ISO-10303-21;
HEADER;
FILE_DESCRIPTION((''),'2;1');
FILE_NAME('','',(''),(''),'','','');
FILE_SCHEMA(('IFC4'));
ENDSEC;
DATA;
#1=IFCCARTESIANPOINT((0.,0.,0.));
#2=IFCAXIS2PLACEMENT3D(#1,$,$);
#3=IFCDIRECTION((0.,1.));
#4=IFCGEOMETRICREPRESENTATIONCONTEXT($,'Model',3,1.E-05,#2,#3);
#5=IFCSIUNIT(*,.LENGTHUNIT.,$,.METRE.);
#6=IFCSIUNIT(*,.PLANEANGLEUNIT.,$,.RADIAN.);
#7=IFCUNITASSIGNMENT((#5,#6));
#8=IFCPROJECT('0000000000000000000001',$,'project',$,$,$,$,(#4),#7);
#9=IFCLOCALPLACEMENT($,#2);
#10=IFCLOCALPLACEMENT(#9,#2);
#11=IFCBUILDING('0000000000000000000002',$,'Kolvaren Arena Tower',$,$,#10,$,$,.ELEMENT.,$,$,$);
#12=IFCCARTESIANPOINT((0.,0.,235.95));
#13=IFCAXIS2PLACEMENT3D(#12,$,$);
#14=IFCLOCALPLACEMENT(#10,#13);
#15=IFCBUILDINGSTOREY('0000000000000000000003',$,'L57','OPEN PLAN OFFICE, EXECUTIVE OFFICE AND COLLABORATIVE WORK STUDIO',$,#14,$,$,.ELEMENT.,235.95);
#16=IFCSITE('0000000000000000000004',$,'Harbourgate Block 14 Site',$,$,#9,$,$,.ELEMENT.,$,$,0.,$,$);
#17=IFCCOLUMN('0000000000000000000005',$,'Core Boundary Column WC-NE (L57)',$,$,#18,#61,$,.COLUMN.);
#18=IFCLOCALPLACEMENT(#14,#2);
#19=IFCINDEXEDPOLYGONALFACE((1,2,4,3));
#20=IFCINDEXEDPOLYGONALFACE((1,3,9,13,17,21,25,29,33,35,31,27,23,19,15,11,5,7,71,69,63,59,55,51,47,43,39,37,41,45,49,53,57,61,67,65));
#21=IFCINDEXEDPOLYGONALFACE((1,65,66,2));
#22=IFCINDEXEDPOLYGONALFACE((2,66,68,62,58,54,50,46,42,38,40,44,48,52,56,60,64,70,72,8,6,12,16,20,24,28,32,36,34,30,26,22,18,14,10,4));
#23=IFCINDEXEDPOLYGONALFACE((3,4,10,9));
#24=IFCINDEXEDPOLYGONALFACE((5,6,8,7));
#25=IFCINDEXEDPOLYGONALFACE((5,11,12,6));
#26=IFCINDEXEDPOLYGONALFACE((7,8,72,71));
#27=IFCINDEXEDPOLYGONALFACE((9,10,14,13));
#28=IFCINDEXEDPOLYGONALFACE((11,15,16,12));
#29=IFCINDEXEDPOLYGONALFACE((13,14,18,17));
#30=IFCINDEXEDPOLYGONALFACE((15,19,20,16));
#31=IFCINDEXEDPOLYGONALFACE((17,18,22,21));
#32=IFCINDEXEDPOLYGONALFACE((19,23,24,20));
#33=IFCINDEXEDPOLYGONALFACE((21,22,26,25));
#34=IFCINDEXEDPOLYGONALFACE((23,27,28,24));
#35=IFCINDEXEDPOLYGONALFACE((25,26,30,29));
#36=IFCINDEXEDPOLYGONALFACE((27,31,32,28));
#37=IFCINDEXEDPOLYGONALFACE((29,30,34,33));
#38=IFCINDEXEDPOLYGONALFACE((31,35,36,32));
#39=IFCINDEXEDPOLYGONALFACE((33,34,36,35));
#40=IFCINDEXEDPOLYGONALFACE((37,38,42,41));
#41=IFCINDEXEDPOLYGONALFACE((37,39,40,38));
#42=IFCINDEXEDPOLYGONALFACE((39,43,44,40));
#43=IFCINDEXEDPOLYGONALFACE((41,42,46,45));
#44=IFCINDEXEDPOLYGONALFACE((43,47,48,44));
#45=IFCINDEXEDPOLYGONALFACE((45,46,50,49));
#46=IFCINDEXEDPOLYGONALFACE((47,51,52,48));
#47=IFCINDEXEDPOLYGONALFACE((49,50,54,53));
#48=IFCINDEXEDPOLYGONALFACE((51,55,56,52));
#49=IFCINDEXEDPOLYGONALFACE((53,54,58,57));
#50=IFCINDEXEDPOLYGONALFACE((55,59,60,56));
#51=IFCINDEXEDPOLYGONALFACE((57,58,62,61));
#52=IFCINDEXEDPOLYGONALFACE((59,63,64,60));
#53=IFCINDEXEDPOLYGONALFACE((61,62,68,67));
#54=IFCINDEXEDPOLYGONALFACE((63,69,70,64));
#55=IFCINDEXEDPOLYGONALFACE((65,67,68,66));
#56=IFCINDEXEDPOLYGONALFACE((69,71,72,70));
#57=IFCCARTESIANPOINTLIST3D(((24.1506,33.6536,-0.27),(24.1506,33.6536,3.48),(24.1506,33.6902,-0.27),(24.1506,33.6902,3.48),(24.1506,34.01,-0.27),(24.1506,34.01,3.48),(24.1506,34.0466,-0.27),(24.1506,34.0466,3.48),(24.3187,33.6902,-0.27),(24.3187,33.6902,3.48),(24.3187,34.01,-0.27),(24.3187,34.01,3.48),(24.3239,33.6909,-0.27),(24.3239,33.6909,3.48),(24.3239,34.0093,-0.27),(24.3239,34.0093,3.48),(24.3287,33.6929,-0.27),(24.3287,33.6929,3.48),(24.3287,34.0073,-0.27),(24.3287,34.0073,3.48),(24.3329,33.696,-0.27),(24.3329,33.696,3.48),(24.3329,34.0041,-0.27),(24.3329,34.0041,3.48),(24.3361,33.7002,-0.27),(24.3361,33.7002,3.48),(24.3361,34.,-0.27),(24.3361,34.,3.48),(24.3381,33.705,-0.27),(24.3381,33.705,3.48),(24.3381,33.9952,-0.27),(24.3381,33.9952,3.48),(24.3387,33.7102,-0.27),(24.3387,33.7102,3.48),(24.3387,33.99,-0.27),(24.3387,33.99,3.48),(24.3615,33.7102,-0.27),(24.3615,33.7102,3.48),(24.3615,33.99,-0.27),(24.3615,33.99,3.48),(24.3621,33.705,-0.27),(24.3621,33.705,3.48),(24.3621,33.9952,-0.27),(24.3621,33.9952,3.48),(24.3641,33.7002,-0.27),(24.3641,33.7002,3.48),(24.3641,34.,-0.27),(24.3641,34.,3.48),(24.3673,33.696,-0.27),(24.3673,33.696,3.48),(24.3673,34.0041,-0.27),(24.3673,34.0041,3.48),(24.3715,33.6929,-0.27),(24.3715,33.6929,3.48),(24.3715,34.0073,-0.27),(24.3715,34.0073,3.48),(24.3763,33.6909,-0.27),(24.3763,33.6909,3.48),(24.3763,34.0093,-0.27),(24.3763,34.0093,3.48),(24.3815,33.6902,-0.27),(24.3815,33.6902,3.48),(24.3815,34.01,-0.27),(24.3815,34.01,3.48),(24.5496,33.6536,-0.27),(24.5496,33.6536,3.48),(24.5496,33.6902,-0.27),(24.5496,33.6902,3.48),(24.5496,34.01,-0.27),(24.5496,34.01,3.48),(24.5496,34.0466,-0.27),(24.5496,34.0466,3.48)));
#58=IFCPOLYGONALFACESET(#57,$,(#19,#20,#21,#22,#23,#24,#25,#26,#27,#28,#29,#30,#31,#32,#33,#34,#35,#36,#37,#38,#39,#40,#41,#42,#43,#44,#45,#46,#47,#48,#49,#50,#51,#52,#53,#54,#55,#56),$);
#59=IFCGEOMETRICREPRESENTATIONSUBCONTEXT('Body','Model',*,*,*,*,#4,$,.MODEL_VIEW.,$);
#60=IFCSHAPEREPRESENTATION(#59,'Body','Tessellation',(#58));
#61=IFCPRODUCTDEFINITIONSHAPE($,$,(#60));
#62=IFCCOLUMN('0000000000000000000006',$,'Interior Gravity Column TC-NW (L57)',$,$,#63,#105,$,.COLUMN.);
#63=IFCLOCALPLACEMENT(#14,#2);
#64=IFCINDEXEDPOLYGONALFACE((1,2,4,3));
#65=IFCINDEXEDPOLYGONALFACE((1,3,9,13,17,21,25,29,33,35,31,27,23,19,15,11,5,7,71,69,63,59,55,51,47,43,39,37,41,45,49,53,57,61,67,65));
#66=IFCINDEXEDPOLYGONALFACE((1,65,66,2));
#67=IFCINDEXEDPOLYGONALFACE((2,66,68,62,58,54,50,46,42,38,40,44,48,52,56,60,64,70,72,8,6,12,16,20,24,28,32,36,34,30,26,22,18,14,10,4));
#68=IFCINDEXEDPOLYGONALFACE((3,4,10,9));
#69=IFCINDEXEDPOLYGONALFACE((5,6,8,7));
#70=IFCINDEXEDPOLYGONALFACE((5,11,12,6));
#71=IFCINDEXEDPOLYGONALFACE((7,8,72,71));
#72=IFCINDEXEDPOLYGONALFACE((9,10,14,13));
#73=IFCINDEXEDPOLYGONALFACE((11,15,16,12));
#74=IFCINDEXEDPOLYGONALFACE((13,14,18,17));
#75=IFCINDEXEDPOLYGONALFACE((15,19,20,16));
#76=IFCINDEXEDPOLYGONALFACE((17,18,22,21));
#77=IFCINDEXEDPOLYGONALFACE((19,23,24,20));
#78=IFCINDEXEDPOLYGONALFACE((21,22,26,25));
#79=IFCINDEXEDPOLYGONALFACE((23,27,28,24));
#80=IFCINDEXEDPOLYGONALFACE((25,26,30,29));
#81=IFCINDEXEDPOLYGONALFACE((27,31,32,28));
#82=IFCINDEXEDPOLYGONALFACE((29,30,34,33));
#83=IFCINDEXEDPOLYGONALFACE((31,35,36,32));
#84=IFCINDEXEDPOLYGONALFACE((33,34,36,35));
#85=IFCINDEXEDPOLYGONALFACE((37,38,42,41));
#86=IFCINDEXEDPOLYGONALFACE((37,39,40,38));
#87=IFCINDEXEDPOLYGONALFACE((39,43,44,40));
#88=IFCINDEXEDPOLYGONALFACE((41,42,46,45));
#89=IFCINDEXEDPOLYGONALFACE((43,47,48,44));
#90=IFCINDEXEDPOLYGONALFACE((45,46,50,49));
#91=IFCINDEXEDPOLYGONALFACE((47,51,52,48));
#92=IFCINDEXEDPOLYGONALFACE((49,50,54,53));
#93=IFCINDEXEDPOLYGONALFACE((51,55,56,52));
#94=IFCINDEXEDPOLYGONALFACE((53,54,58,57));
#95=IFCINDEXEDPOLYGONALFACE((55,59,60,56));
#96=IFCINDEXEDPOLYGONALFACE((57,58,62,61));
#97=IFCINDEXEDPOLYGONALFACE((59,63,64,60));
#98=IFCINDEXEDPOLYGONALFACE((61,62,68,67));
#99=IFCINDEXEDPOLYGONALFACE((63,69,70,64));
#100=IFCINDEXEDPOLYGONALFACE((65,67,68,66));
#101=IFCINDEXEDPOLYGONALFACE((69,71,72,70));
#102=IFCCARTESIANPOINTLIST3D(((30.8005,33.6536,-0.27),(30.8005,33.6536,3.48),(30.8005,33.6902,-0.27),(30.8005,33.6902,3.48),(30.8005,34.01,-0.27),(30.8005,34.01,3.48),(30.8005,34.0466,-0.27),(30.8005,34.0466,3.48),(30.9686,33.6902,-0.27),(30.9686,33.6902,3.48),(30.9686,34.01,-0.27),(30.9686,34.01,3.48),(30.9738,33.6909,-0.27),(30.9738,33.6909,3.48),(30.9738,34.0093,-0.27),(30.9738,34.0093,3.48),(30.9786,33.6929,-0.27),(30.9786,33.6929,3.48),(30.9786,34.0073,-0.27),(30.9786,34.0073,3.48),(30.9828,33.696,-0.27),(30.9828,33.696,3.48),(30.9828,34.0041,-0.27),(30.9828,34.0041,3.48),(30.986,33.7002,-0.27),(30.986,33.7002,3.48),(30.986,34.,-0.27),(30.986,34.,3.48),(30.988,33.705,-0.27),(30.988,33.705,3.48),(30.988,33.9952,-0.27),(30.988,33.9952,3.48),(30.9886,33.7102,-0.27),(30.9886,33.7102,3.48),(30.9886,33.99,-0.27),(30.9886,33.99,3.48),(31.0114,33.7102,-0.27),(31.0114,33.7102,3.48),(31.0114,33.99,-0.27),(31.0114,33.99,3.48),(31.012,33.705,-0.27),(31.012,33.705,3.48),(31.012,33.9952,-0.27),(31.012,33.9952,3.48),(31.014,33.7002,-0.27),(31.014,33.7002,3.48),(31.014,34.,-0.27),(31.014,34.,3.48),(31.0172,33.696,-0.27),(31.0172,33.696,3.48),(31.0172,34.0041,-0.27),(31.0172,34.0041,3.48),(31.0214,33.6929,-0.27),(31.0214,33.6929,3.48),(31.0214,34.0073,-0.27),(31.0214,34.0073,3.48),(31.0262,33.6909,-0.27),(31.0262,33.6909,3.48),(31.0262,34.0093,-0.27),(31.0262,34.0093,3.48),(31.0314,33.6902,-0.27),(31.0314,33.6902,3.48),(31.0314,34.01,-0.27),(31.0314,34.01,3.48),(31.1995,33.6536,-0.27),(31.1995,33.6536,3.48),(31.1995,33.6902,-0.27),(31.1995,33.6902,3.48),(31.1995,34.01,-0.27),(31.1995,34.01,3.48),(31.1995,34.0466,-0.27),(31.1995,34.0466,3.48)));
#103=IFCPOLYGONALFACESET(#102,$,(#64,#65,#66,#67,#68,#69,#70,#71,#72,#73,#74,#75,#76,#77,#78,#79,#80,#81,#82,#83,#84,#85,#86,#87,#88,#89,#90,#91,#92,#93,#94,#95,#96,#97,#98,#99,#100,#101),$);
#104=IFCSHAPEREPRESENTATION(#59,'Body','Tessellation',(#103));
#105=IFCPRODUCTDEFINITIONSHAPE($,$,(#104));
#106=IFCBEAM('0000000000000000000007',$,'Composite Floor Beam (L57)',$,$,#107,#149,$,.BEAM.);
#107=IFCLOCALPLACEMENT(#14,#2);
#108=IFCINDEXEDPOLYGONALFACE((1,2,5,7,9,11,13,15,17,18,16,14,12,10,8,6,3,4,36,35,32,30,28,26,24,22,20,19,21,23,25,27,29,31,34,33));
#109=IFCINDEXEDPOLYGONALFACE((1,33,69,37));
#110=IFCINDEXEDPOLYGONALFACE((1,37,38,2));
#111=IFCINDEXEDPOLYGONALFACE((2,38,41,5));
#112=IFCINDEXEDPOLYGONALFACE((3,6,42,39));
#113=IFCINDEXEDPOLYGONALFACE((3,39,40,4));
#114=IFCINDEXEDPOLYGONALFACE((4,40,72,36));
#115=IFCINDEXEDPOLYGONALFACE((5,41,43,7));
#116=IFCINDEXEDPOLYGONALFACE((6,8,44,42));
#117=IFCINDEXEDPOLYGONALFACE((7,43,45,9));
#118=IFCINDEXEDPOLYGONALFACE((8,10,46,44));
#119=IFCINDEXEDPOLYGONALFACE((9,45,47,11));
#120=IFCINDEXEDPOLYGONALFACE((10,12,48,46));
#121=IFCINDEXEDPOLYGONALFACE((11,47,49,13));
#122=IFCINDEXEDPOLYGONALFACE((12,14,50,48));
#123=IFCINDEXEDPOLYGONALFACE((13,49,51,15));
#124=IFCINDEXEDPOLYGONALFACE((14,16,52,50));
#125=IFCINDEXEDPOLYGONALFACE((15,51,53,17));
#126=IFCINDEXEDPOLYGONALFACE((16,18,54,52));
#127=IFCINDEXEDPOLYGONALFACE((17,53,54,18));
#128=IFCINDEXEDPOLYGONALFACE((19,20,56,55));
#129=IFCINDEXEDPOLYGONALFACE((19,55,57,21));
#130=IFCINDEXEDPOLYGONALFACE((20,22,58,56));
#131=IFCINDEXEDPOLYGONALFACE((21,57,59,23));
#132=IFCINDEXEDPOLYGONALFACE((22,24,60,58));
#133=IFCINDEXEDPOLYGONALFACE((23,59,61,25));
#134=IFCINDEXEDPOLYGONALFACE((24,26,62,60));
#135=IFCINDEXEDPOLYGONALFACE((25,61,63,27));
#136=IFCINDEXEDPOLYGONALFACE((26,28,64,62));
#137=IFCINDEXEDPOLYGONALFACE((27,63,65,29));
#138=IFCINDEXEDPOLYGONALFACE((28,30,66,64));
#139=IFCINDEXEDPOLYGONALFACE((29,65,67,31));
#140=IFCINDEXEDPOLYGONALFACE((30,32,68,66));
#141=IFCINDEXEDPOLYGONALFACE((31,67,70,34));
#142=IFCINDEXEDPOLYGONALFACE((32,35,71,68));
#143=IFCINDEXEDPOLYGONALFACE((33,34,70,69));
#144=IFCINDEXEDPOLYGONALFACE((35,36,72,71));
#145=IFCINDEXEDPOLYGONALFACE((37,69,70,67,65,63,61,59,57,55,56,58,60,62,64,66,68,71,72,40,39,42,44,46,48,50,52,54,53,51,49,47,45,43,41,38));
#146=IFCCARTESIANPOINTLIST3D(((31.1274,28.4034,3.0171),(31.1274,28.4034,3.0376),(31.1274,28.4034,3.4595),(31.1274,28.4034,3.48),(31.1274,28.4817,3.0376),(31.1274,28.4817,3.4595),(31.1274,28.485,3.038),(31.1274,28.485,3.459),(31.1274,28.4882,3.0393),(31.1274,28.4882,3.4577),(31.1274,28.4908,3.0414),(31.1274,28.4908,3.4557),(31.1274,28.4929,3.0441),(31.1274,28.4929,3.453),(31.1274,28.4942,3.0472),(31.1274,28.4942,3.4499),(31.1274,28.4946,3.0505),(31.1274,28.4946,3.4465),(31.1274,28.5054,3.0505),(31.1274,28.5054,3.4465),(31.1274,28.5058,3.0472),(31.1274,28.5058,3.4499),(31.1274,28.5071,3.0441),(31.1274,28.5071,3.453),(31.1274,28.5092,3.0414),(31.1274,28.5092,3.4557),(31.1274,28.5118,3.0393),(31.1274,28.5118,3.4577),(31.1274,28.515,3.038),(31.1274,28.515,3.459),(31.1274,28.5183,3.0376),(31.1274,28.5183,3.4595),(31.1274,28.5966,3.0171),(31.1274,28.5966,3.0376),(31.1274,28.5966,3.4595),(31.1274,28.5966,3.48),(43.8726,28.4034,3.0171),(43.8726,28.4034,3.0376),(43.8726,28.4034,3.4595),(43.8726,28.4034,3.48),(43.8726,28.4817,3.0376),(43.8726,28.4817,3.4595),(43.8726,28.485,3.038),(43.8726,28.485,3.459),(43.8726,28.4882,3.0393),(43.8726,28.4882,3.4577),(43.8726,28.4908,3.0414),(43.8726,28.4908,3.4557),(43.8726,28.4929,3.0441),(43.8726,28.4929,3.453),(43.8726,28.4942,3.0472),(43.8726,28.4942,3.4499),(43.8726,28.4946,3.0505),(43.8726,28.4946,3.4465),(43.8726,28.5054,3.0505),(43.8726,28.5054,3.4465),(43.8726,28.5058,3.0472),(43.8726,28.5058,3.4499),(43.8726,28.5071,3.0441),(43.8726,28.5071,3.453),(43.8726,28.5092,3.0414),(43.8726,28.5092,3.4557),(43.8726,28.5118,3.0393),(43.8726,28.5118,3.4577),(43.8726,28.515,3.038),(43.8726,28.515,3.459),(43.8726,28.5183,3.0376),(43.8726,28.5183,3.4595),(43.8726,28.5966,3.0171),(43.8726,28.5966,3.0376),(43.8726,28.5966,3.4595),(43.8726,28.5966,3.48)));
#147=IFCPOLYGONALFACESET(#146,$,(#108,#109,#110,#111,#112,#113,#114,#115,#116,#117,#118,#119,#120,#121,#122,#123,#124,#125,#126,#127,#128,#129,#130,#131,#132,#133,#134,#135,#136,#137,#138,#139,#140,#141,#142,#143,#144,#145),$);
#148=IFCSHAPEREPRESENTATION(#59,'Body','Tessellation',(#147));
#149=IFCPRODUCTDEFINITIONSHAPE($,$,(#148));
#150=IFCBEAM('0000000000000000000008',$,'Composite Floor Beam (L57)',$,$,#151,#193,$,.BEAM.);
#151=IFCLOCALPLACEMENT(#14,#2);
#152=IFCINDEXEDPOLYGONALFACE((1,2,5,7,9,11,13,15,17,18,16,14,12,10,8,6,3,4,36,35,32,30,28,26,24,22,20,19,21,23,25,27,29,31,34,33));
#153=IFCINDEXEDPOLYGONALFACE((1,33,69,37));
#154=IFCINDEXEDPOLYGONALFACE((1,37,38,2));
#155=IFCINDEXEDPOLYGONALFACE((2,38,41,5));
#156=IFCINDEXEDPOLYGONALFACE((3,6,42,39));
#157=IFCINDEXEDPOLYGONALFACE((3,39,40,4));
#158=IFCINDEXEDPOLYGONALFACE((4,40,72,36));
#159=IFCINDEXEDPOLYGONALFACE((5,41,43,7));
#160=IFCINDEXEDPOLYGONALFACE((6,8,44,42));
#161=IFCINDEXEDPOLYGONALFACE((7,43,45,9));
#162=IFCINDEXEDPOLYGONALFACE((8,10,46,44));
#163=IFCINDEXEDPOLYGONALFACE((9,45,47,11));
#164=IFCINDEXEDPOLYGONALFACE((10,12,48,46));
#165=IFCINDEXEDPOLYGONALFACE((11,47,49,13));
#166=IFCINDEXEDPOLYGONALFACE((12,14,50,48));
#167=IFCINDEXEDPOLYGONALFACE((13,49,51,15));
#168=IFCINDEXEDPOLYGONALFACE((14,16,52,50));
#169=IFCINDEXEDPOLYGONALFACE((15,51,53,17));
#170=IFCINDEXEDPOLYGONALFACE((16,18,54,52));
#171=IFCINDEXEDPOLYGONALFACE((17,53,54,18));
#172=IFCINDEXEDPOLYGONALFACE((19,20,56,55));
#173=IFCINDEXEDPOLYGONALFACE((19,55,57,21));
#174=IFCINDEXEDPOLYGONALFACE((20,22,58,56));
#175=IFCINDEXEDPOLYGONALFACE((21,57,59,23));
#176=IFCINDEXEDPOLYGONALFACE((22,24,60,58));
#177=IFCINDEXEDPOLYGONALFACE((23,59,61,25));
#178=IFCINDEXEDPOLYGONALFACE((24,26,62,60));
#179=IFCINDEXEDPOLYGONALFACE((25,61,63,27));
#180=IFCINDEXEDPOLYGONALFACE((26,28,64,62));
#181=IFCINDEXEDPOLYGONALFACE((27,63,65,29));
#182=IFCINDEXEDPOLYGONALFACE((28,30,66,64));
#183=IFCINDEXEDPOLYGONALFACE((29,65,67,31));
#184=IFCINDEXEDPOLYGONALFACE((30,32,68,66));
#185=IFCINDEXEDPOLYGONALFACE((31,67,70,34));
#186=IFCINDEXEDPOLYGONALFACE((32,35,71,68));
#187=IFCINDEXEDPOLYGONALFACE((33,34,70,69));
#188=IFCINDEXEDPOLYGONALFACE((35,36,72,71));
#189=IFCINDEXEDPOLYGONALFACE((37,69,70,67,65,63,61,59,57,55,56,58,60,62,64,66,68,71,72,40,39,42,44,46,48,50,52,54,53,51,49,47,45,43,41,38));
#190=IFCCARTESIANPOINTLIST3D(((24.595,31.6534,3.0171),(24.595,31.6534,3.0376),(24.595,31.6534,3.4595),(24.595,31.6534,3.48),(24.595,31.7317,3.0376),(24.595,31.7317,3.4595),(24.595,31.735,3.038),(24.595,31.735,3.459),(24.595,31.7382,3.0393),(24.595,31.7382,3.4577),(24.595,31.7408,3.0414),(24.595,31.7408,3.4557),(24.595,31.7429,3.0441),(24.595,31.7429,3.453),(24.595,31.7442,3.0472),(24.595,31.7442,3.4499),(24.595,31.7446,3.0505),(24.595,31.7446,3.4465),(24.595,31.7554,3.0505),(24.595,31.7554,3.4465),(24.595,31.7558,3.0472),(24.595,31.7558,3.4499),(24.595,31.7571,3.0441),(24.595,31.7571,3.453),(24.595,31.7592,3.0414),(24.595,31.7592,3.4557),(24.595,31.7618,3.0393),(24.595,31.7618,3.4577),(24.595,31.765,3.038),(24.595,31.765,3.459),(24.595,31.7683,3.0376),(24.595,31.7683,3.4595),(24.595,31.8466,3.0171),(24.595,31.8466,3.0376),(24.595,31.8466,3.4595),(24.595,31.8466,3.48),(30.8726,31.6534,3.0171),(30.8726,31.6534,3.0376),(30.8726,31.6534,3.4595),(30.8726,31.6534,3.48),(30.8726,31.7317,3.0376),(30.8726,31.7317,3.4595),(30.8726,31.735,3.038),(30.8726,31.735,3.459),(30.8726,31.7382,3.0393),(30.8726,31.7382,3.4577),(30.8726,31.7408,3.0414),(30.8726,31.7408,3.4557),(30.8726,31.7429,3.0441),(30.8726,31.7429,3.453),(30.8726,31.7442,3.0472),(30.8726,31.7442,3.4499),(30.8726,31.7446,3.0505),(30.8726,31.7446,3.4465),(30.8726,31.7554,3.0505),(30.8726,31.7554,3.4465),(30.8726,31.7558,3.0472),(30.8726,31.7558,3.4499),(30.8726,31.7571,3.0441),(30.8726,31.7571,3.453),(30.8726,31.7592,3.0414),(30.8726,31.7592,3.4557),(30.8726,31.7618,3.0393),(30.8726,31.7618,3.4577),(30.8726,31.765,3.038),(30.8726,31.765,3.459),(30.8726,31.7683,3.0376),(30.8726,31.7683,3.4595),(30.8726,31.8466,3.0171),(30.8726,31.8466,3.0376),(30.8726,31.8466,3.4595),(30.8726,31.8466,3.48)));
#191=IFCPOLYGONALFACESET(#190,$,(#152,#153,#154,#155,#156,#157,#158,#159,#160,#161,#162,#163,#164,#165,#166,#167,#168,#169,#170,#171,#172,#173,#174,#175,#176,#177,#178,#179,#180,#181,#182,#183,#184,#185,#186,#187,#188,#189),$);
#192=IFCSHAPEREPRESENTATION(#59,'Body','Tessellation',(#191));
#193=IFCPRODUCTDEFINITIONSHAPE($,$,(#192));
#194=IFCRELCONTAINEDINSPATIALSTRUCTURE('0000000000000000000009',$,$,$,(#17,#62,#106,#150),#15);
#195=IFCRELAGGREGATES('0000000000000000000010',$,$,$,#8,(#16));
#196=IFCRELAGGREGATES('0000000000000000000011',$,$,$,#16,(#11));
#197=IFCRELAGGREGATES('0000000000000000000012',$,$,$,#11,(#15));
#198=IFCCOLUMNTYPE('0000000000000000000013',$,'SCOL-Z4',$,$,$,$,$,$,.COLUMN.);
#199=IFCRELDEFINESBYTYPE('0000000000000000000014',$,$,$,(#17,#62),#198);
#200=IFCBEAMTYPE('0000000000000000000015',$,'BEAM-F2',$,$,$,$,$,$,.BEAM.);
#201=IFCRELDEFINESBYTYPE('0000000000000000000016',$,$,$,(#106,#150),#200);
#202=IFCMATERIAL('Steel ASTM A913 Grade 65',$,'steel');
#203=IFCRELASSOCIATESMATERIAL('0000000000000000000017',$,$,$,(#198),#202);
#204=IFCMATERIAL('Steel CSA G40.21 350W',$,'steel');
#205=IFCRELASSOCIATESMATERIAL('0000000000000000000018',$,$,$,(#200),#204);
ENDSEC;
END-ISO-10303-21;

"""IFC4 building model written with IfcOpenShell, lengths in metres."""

from ifc_helpers import new_model, si_unit, direction, frame, origin, origin_2d, place, context, subcontext, project, spatial, i_section, extrude, material, material_profile, profile_set, type_object, element, save


model = new_model("IFC4")

# Units and contexts
model_context = context("Model", 3, precision=1e-05, world=origin(), true_north=direction((0.0, 1.0)))
body_context = subcontext(model_context, "Body", "Model", "MODEL_VIEW")
ifc_project = project(units=[si_unit("LENGTHUNIT", "METRE"), si_unit("PLANEANGLEUNIT", "RADIAN")], contexts=[model_context])

# Site, building, storey
site_placement = place(None, origin())
site = spatial("IfcSite", under=ifc_project, at=site_placement, Name="Harbourgate Block 14 Site", CompositionType="ELEMENT", RefElevation=0.0)
building_placement = place(site_placement, origin())
building = spatial("IfcBuilding", under=site, at=building_placement, Name="Kolvaren Arena Tower", CompositionType="ELEMENT")
storey_placement = place(building_placement, frame((0.0, 0.0, 235.95)))
storey = spatial("IfcBuildingStorey", under=building, at=storey_placement, Name="L57", Description="OPEN PLAN OFFICE, EXECUTIVE OFFICE AND COLLABORATIVE WORK STUDIO", CompositionType="ELEMENT", Elevation=235.95)

# Columns
ifc_material_1 = material(Name="Steel ASTM A913 Grade 65", Category="steel")
ifc_material_profile_1 = material_profile(ifc_material_1, i_section(OverallWidth=0.3989, OverallDepth=0.3931, WebThickness=0.0227, FlangeThickness=0.0366, FilletRadius=0.02, at=origin_2d()), Name="W360x287")
ifc_profile_set_1 = profile_set([ifc_material_profile_1], Name="Steel ASTM A913 Grade 65")
column_type = type_object("IfcColumnType", Name="SCOL-Z4", PredefinedType="COLUMN", material=ifc_profile_set_1)
for number, where, z_axis, x_axis, name in (
    (1, (24.3501, 33.8501, -0.27), (0.0, 0.0, 1.0), (1.0, 0.0, 0.0), "Core Boundary Column WC-NE (L57)"),
    (2, (31.0, 33.8501, -0.27), (0.0, 0.0, 1.0), (1.0, 0.0, 0.0), "Interior Gravity Column TC-NW (L57)"),
):
    element("IfcColumn", number, at=place(storey_placement, frame(where, z_axis=z_axis, x_axis=x_axis)), inside=storey, type_object=column_type, Name=name, PredefinedType="COLUMN", context=body_context, shape_type="SweptSolid", body=[
        extrude(i_section(OverallWidth=0.3989, OverallDepth=0.3931, WebThickness=0.0227, FlangeThickness=0.0366, FilletRadius=0.02, at=origin_2d()), origin(), (0.0, 0.0, 1.0), 3.75),
    ])

# Beams
ifc_material_2 = material(Name="Steel CSA G40.21 350W", Category="steel")
ifc_material_profile_2 = material_profile(ifc_material_2, i_section(OverallWidth=0.1931, OverallDepth=0.4629, WebThickness=0.0107, FlangeThickness=0.0205, FilletRadius=0.0129, at=origin_2d()), Name="W460x113")
ifc_profile_set_2 = profile_set([ifc_material_profile_2], Name="Steel CSA G40.21 350W")
beam_type_1 = type_object("IfcBeamType", Name="BEAM-F2", PredefinedType="BEAM", material=ifc_profile_set_2)
beam_1_placement = place(storey_placement, frame((31.1274, 28.5, 3.2485), z_axis=(1.0, 0.0, 0.0), x_axis=(0.0, 1.0, 0.0)))
element("IfcBeam", 3, at=beam_1_placement, inside=storey, type_object=beam_type_1, Name="Composite Floor Beam (L57)", PredefinedType="BEAM", context=body_context, shape_type="SweptSolid", body=[
    extrude(i_section(OverallWidth=0.1931, OverallDepth=0.4629, WebThickness=0.0107, FlangeThickness=0.0205, FilletRadius=0.0129, at=origin_2d()), origin(), (0.0, 0.0, 1.0), 12.7451),
])
beam_2_placement = place(storey_placement, frame((24.595, 31.75, 3.2485), z_axis=(1.0, 0.0, 0.0), x_axis=(0.0, 1.0, 0.0)))
element("IfcBeam", 4, at=beam_2_placement, inside=storey, type_object=beam_type_1, Name="Composite Floor Beam (L57)", PredefinedType="BEAM", context=body_context, shape_type="SweptSolid", body=[
    extrude(i_section(OverallWidth=0.1931, OverallDepth=0.4629, WebThickness=0.0107, FlangeThickness=0.0205, FilletRadius=0.0129, at=origin_2d()), origin(), (0.0, 0.0, 1.0), 6.2776),
])

save(model, "model.ifc")
